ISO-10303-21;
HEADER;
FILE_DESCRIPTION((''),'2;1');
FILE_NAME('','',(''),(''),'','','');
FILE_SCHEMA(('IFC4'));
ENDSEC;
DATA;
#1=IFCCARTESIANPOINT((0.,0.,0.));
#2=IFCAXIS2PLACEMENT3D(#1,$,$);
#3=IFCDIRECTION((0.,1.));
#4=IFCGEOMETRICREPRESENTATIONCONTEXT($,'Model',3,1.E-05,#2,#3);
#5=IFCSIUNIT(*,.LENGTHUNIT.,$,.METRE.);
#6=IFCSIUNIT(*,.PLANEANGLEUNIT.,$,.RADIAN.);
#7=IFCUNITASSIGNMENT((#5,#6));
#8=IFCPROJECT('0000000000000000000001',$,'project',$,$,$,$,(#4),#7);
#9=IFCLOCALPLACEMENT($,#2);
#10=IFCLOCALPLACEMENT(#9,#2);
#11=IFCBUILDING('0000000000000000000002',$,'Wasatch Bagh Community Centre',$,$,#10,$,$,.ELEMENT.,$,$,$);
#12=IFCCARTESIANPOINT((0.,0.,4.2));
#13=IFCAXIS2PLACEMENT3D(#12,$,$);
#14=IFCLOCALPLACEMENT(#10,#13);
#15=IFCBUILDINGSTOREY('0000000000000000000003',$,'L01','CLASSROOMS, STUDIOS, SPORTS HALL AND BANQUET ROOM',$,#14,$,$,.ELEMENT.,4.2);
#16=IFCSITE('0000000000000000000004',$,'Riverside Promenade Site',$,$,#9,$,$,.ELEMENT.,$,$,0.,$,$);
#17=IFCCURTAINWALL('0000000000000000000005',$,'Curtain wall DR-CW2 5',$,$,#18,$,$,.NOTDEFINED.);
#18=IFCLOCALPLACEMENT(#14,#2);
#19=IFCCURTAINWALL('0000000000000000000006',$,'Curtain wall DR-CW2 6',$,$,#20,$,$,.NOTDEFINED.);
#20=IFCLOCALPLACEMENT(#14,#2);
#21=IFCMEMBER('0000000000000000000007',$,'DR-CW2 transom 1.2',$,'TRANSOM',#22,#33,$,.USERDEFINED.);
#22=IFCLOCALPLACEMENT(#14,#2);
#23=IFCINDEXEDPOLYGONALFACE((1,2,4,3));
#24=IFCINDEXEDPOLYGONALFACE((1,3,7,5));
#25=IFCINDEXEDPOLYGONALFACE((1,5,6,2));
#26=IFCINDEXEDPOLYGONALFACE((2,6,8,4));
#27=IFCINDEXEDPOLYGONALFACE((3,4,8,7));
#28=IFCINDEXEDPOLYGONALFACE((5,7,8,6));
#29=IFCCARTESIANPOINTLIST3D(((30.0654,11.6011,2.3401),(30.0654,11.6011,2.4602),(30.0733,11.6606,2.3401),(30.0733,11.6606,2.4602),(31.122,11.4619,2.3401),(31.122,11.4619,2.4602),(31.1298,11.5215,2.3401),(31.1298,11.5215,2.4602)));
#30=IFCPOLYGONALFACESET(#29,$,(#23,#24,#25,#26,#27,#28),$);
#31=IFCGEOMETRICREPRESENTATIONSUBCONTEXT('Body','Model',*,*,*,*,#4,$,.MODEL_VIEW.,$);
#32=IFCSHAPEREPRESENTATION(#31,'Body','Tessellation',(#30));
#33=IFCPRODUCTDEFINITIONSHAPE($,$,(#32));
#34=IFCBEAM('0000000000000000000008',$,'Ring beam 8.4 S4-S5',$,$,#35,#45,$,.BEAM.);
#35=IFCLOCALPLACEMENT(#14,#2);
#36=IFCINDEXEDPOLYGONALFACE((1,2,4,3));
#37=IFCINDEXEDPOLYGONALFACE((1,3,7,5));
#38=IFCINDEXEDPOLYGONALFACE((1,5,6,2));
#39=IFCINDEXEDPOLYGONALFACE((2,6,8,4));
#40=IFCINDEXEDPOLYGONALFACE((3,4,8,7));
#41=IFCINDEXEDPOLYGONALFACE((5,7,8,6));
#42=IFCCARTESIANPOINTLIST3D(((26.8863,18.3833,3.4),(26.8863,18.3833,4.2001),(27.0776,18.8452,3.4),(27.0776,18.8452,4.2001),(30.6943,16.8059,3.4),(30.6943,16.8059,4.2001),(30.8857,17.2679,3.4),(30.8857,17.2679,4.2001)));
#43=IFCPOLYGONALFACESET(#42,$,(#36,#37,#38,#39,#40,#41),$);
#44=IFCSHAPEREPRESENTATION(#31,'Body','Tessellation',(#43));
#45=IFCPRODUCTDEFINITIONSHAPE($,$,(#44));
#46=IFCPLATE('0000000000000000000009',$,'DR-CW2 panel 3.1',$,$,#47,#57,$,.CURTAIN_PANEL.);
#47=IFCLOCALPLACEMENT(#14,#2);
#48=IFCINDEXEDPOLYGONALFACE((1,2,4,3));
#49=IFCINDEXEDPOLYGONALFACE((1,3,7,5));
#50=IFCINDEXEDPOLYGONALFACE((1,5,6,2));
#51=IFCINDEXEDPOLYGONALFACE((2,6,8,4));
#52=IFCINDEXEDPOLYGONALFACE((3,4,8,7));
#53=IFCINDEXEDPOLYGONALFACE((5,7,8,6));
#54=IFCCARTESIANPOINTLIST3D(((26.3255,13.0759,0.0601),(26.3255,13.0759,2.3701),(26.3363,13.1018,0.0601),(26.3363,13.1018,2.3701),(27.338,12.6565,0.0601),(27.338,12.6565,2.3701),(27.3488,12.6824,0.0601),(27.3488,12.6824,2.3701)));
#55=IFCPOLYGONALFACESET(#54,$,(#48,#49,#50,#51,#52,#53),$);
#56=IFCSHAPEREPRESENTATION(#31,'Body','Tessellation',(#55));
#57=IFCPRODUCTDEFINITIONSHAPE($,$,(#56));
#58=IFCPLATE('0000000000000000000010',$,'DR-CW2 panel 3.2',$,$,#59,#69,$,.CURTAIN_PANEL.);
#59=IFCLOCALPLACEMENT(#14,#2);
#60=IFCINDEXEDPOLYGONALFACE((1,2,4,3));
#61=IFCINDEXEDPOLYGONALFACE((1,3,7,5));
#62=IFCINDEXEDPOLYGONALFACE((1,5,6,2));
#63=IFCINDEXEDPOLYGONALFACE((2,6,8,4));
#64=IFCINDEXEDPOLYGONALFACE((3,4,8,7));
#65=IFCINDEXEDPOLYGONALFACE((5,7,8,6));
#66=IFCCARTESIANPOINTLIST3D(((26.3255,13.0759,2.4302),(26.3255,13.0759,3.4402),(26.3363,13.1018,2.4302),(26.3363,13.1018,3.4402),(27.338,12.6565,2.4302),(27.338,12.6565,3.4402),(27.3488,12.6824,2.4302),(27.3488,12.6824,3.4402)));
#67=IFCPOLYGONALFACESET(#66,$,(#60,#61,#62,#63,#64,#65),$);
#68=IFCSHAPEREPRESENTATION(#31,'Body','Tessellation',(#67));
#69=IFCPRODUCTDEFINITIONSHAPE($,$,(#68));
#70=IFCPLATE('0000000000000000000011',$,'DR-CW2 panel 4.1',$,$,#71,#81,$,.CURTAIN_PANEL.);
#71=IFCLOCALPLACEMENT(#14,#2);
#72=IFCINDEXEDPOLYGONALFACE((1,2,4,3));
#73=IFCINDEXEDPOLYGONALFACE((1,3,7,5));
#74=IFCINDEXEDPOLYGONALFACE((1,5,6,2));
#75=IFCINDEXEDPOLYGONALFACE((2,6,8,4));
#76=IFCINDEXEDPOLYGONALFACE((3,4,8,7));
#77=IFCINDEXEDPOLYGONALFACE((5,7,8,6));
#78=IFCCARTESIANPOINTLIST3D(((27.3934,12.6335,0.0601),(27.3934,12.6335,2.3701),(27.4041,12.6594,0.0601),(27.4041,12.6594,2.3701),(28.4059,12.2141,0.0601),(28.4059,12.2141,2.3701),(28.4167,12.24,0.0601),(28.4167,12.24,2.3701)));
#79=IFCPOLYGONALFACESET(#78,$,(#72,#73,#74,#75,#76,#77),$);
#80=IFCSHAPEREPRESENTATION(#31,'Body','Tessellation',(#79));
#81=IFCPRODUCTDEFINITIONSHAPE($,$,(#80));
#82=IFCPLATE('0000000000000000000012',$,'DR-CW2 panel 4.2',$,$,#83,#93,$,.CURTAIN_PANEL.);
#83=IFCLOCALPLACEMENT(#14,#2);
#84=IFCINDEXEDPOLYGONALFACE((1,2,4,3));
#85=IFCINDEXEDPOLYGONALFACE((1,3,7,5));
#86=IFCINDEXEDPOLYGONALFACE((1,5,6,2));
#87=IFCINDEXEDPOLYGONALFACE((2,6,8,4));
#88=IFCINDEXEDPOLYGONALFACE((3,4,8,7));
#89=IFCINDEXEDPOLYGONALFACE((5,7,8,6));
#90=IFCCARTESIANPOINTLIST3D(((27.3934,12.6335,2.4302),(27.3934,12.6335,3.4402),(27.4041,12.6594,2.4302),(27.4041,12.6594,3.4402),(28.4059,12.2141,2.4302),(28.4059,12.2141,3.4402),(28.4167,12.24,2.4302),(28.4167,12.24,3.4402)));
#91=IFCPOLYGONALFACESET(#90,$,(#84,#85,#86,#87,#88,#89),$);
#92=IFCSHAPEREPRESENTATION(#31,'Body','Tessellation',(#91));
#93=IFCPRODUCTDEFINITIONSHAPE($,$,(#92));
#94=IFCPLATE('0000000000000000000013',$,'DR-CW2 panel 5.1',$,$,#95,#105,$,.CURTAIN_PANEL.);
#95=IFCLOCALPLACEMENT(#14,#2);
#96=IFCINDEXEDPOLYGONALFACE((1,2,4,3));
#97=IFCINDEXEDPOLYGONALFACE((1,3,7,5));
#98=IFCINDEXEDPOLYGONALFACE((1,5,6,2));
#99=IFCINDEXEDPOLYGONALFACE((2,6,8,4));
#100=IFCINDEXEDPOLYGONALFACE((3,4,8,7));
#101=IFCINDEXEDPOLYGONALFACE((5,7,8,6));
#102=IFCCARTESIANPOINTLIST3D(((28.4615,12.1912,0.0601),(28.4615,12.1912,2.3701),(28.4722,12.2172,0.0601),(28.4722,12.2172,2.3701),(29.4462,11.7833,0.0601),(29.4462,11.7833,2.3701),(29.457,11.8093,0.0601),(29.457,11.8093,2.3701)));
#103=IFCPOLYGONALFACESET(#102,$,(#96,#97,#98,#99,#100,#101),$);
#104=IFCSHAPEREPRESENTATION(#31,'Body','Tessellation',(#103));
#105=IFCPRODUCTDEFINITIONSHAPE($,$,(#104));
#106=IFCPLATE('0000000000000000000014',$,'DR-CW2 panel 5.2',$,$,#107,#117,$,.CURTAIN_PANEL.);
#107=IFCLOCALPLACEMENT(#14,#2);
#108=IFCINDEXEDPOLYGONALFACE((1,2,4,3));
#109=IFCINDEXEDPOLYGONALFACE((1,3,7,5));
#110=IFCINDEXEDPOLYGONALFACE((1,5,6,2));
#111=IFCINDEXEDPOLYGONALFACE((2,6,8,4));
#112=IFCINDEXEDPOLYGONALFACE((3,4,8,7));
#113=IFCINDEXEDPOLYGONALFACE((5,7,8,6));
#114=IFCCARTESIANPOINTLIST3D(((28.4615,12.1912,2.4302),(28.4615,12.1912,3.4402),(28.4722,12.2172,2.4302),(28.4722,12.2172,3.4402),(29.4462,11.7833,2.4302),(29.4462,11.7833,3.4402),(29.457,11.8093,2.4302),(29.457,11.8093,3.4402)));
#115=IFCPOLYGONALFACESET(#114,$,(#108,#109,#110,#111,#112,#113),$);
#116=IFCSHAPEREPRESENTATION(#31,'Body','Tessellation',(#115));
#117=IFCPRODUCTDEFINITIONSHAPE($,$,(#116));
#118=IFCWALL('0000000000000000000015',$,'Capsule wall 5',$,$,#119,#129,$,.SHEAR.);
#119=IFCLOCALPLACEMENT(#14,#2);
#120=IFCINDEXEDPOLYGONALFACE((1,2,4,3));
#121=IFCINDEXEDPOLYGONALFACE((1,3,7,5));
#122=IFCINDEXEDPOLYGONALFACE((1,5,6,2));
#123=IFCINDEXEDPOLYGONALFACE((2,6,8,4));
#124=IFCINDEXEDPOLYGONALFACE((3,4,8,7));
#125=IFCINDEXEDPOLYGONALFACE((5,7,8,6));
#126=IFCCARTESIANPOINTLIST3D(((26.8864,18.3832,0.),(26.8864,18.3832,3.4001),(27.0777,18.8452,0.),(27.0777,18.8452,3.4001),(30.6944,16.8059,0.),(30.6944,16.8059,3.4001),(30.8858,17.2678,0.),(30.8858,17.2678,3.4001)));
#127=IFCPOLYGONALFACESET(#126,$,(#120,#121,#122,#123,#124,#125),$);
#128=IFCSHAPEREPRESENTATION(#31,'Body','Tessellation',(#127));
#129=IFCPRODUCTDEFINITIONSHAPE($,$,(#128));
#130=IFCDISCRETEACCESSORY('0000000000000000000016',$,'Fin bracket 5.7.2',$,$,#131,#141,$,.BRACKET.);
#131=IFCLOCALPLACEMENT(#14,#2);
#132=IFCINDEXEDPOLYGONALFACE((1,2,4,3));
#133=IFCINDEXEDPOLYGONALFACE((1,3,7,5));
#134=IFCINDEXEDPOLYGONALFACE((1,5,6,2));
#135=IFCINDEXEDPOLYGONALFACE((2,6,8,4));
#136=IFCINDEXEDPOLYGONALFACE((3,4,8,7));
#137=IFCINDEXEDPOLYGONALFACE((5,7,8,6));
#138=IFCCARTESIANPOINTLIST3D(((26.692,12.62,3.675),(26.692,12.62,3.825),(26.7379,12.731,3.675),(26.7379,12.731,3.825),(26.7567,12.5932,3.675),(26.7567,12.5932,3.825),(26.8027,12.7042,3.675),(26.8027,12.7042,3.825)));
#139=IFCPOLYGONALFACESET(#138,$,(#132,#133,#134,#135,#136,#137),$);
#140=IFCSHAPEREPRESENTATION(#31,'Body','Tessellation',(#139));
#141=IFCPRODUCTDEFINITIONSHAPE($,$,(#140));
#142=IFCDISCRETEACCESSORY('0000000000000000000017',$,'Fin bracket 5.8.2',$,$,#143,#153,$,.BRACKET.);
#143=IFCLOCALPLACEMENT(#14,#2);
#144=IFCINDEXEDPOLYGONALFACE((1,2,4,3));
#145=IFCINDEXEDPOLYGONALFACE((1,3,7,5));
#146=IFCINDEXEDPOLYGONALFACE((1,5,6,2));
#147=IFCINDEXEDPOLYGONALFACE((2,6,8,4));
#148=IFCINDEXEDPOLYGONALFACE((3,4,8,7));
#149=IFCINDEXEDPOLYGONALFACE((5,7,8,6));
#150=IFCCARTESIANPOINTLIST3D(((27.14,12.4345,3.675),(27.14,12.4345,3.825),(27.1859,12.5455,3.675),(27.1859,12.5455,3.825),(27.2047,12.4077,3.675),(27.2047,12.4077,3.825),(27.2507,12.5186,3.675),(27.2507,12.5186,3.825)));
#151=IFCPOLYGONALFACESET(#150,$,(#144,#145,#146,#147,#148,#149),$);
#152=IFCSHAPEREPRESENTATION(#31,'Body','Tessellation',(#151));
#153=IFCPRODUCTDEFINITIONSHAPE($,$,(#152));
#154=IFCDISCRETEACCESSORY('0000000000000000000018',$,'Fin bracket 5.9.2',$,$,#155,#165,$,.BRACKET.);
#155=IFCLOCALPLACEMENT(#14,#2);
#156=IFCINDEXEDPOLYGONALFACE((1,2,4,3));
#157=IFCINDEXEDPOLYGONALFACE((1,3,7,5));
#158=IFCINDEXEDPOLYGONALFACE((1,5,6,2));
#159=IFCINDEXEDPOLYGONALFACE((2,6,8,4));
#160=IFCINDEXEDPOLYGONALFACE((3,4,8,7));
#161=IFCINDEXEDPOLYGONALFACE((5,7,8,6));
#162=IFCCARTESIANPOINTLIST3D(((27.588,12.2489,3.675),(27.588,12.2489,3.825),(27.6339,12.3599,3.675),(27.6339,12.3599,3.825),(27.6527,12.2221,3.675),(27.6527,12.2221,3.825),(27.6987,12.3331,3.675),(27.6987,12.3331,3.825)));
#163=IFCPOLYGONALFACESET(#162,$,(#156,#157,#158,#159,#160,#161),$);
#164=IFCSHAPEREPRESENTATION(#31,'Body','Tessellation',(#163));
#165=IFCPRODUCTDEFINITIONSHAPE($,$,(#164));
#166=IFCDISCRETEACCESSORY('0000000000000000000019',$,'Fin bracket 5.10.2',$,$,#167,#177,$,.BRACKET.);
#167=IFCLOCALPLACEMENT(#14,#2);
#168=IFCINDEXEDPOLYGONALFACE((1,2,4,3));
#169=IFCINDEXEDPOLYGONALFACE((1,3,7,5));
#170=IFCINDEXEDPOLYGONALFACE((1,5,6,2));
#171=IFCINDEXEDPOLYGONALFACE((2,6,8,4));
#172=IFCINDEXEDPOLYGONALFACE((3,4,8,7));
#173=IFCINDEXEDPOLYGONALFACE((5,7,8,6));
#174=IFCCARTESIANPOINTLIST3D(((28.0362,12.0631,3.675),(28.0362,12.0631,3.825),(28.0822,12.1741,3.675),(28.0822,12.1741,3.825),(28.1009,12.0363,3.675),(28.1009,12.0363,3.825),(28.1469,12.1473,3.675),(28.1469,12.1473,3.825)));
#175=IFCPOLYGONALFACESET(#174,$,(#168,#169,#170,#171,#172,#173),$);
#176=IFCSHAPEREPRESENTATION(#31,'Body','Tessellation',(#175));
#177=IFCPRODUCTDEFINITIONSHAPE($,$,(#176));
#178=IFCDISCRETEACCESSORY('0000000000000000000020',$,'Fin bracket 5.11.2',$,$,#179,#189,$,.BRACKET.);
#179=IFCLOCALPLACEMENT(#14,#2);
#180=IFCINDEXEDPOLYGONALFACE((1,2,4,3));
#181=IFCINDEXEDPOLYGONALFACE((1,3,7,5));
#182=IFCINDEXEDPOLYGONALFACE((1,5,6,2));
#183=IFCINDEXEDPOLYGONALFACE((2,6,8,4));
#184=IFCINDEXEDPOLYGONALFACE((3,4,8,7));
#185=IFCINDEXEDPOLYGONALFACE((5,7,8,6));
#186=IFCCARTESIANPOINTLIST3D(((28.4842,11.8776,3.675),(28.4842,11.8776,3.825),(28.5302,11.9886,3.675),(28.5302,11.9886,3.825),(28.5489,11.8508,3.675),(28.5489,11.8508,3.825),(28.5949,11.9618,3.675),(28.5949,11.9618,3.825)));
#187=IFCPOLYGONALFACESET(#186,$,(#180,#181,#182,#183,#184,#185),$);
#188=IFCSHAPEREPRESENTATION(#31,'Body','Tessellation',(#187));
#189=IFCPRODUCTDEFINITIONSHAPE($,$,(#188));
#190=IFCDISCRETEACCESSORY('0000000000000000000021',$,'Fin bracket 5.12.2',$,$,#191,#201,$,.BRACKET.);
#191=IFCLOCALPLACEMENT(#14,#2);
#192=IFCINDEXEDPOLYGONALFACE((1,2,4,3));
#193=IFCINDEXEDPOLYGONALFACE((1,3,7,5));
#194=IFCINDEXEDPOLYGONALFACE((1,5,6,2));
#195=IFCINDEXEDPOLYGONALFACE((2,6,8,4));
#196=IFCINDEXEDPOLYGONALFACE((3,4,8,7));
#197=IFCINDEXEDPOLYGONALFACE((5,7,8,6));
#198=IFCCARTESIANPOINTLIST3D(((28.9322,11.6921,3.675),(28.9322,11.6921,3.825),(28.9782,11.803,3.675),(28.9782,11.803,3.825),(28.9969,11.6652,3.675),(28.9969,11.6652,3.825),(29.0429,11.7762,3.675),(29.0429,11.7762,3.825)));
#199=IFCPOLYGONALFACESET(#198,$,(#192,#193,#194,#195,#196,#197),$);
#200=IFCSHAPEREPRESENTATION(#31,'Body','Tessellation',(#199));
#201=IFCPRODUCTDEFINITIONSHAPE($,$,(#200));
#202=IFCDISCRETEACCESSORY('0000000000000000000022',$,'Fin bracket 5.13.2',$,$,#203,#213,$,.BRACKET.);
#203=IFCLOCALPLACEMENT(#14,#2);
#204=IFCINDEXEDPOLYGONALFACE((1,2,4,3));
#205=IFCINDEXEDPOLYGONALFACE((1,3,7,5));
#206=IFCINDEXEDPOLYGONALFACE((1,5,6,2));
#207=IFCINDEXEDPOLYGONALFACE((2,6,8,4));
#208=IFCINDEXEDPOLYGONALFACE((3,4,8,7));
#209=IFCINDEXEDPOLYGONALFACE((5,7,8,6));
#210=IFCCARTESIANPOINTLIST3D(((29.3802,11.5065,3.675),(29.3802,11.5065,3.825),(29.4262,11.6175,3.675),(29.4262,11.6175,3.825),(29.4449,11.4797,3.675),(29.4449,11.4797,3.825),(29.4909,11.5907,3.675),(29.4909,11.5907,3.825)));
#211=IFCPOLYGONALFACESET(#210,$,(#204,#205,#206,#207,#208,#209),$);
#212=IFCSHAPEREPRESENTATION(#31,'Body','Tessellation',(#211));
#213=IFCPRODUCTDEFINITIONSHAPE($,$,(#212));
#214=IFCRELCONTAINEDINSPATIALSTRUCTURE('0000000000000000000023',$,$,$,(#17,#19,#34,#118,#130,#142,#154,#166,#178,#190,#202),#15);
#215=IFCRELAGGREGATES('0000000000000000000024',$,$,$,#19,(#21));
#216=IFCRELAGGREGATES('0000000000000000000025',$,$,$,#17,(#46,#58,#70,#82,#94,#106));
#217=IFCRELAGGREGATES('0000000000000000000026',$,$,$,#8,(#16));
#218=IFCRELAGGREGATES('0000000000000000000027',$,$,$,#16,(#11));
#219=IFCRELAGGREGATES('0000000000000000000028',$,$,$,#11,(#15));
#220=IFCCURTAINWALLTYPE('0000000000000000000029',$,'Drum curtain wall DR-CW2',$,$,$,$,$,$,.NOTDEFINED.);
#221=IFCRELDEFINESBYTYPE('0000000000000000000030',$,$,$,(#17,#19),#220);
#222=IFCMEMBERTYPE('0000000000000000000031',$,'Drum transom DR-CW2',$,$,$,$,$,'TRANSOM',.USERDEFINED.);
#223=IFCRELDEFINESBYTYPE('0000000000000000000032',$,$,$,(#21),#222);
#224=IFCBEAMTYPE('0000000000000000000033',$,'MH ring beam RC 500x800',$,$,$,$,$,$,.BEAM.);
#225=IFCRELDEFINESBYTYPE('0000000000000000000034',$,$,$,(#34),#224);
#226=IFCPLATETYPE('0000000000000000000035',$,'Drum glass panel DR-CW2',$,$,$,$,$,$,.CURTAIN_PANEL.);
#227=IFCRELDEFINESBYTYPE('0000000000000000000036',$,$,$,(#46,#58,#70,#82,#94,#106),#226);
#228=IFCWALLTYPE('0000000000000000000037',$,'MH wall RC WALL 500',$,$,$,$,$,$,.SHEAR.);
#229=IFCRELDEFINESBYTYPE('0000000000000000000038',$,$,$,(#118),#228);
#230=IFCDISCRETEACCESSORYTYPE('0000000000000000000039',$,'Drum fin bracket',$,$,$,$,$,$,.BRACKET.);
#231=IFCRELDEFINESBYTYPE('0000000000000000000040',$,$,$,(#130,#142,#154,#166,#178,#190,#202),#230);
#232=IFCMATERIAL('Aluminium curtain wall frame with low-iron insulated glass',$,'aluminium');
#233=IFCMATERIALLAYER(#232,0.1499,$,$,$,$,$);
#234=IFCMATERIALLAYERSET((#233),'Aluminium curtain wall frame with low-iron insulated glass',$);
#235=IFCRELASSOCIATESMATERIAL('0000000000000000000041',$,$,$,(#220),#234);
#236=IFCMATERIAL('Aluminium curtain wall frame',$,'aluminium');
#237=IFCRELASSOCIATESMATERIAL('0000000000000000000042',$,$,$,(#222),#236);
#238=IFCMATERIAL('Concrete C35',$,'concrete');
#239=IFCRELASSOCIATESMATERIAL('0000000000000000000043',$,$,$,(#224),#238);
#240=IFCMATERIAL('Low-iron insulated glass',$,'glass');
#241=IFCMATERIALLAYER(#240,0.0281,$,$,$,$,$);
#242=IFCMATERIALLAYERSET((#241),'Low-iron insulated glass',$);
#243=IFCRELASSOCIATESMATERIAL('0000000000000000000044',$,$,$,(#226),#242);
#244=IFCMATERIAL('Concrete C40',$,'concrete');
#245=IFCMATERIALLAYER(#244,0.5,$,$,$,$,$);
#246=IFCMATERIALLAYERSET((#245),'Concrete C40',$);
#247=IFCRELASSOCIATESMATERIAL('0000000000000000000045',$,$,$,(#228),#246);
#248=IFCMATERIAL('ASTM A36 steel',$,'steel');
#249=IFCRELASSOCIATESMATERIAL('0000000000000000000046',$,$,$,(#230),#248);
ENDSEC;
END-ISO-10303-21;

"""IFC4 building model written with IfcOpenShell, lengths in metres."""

from ifc_helpers import new_model, si_unit, direction, frame, frame_2d, origin, origin_2d, place, context, subcontext, project, spatial, rectangle, extrude, material, layer, layer_set, material_profile, profile_set, type_object, element, aggregate, save


model = new_model("IFC4")

# Units and contexts
model_context = context("Model", 3, precision=1e-05, world=origin(), true_north=direction((0.0, 1.0)))
body_context = subcontext(model_context, "Body", "Model", "MODEL_VIEW")
ifc_project = project(units=[si_unit("LENGTHUNIT", "METRE"), si_unit("PLANEANGLEUNIT", "RADIAN")], contexts=[model_context])

# Site, building, storey
site_placement = place(None, origin())
site = spatial("IfcSite", under=ifc_project, at=site_placement, Name="Riverside Promenade Site", CompositionType="ELEMENT", RefElevation=0.0)
building_placement = place(site_placement, origin())
building = spatial("IfcBuilding", under=site, at=building_placement, Name="Wasatch Bagh Community Centre", CompositionType="ELEMENT")
storey_placement = place(building_placement, frame((0.0, 0.0, 4.2)))
storey = spatial("IfcBuildingStorey", under=building, at=storey_placement, Name="L01", Description="CLASSROOMS, STUDIOS, SPORTS HALL AND BANQUET ROOM", CompositionType="ELEMENT", Elevation=4.2)

# Shared definitions
ifc_material_1 = material(Name="Concrete C40", Category="concrete")

# Curtain wall
ifc_material_2 = material(Name="Aluminium curtain wall frame with low-iron insulated glass", Category="aluminium")
ifc_layer_1 = layer(ifc_material_2, 0.1499)
ifc_layer_set_1 = layer_set([ifc_layer_1], Name="Aluminium curtain wall frame with low-iron insulated glass")
curtain_wall_type = type_object("IfcCurtainWallType", Name="Drum curtain wall DR-CW2", PredefinedType="NOTDEFINED", material=ifc_layer_set_1)
curtain_wall_1_placement = place(storey_placement, origin())
curtain_wall_1 = element("IfcCurtainWall", 1, at=curtain_wall_1_placement, inside=storey, type_object=curtain_wall_type, Name="Curtain wall DR-CW2 5", PredefinedType="NOTDEFINED")
ifc_material_3 = material(Name="Aluminium curtain wall frame", Category="aluminium")

# Curtain wall
curtain_wall_2_placement = place(storey_placement, origin())
curtain_wall_2 = element("IfcCurtainWall", 2, at=curtain_wall_2_placement, inside=storey, type_object=curtain_wall_type, Name="Curtain wall DR-CW2 6", PredefinedType="NOTDEFINED")

# Shared definitions
ifc_material_4 = material(Name="Concrete C35", Category="concrete")

# Member
ifc_material_profile_1 = material_profile(ifc_material_3, rectangle(XDim=0.0601, YDim=0.1201, at=origin_2d()), Name="Drum transom DR-CW2")
ifc_profile_set_1 = profile_set([ifc_material_profile_1], Name="Aluminium curtain wall frame")
member_type_1 = type_object("IfcMemberType", Name="Drum transom DR-CW2", ElementType="TRANSOM", PredefinedType="USERDEFINED", material=ifc_profile_set_1)
member_1_placement = place(storey_placement, frame((30.0693, 11.6309, 2.4001), z_axis=(0.991439, -0.130573, 0.0), x_axis=(0.130573, 0.991439, 0.0)))
member_1 = element("IfcMember", 3, at=member_1_placement, type_object=member_type_1, Name="DR-CW2 transom 1.2", ObjectType="TRANSOM", PredefinedType="USERDEFINED", context=body_context, shape_type="SweptSolid", body=[
    extrude(rectangle(XDim=0.0601, YDim=0.1201, at=origin_2d()), origin(), (0.0, 0.0, 1.0), 1.0657),
])
aggregate(curtain_wall_2, [member_1])

# Beam
ifc_material_profile_2 = material_profile(ifc_material_4, rectangle(XDim=0.5, YDim=0.8, at=origin_2d()), Name="RC 500x800")
ifc_profile_set_2 = profile_set([ifc_material_profile_2], Name="Concrete C35")
beam_type_1 = type_object("IfcBeamType", Name="MH ring beam RC 500x800", PredefinedType="BEAM", material=ifc_profile_set_2)
beam_1_placement = place(storey_placement, frame((26.9819, 18.6143, 3.8), z_axis=(0.923878, -0.382688, 0.0), x_axis=(0.382688, 0.923878, 0.0)))
element("IfcBeam", 4, at=beam_1_placement, inside=storey, type_object=beam_type_1, Name="Ring beam 8.4 S4-S5", PredefinedType="BEAM", context=body_context, shape_type="SweptSolid", body=[
    extrude(rectangle(XDim=0.5, YDim=0.8, at=origin_2d()), origin(), (0.0, 0.0, 1.0), 4.1218),
])

# Plates
ifc_material_5 = material(Name="Low-iron insulated glass", Category="glass")
ifc_layer_2 = layer(ifc_material_5, 0.0281)
ifc_layer_set_2 = layer_set([ifc_layer_2], Name="Low-iron insulated glass")
plate_type = type_object("IfcPlateType", Name="Drum glass panel DR-CW2", PredefinedType="CURTAIN_PANEL", material=ifc_layer_set_2)
plate_1_placement = place(storey_placement, frame((26.8372, 12.8792, 0.0601), z_axis=(0.0, 0.0, 1.0), x_axis=(0.92388, -0.382683, 0.0)))
plate_1 = element("IfcPlate", 5, at=plate_1_placement, type_object=plate_type, Name="DR-CW2 panel 3.1", PredefinedType="CURTAIN_PANEL", context=body_context, shape_type="SweptSolid", body=[
    extrude(rectangle(XDim=1.0959, YDim=0.0281, at=origin_2d()), origin(), (0.0, 0.0, 1.0), 2.3101),
])
plate_2_placement = place(storey_placement, frame((26.8372, 12.8792, 2.4302), z_axis=(0.0, 0.0, 1.0), x_axis=(0.92388, -0.382683, 0.0)))
plate_2 = element("IfcPlate", 6, at=plate_2_placement, type_object=plate_type, Name="DR-CW2 panel 3.2", PredefinedType="CURTAIN_PANEL", context=body_context, shape_type="SweptSolid", body=[
    extrude(rectangle(XDim=1.0959, YDim=0.0281, at=origin_2d()), origin(), (0.0, 0.0, 1.0), 1.01),
])
plate_3_placement = place(storey_placement, frame((27.905, 12.4368, 0.0601), z_axis=(0.0, 0.0, 1.0), x_axis=(0.92388, -0.382683, 0.0)))
plate_3 = element("IfcPlate", 7, at=plate_3_placement, type_object=plate_type, Name="DR-CW2 panel 4.1", PredefinedType="CURTAIN_PANEL", context=body_context, shape_type="SweptSolid", body=[
    extrude(rectangle(XDim=1.0959, YDim=0.0281, at=origin_2d()), origin(), (0.0, 0.0, 1.0), 2.3101),
])
plate_4_placement = place(storey_placement, frame((27.905, 12.4368, 2.4302), z_axis=(0.0, 0.0, 1.0), x_axis=(0.92388, -0.382683, 0.0)))
plate_4 = element("IfcPlate", 8, at=plate_4_placement, type_object=plate_type, Name="DR-CW2 panel 4.2", PredefinedType="CURTAIN_PANEL", context=body_context, shape_type="SweptSolid", body=[
    extrude(rectangle(XDim=1.0959, YDim=0.0281, at=origin_2d()), origin(), (0.0, 0.0, 1.0), 1.01),
])
plate_5_placement = place(storey_placement, frame((28.9592, 12.0002, 0.0601), z_axis=(0.0, 0.0, 1.0), x_axis=(0.92388, -0.382683, 0.0)))
plate_5 = element("IfcPlate", 9, at=plate_5_placement, type_object=plate_type, Name="DR-CW2 panel 5.1", PredefinedType="CURTAIN_PANEL", context=body_context, shape_type="SweptSolid", body=[
    extrude(rectangle(XDim=1.0659, YDim=0.0281, at=origin_2d()), origin(), (0.0, 0.0, 1.0), 2.3101),
])
plate_6_placement = place(storey_placement, frame((28.9592, 12.0002, 2.4302), z_axis=(0.0, 0.0, 1.0), x_axis=(0.92388, -0.382683, 0.0)))
plate_6 = element("IfcPlate", 10, at=plate_6_placement, type_object=plate_type, Name="DR-CW2 panel 5.2", PredefinedType="CURTAIN_PANEL", context=body_context, shape_type="SweptSolid", body=[
    extrude(rectangle(XDim=1.0659, YDim=0.0281, at=origin_2d()), origin(), (0.0, 0.0, 1.0), 1.01),
])
aggregate(curtain_wall_1, [plate_1, plate_2, plate_3, plate_4, plate_5, plate_6])

# Wall
ifc_layer_3 = layer(ifc_material_1, 0.5)
ifc_layer_set_3 = layer_set([ifc_layer_3], Name="Concrete C40")
wall_type = type_object("IfcWallType", Name="MH wall RC WALL 500", PredefinedType="SHEAR", material=ifc_layer_set_3)
wall_placement = place(storey_placement, frame((26.9819, 18.6143, 0.0), z_axis=(0.0, 0.0, 1.0), x_axis=(0.923878, -0.382688, 0.0)))
element("IfcWall", 11, at=wall_placement, inside=storey, type_object=wall_type, Name="Capsule wall 5", PredefinedType="SHEAR", context=body_context, shape_type="SweptSolid", body=[
    extrude(rectangle(XDim=4.1218, YDim=0.5, at=frame_2d((2.061, 0.0))), origin(), (0.0, 0.0, 1.0), 3.4001),
])

# Discrete accessories
ifc_material_6 = material(Name="ASTM A36 steel", Category="steel")
discrete_accessory_type = type_object("IfcDiscreteAccessoryType", Name="Drum fin bracket", PredefinedType="BRACKET", material=ifc_material_6)
for number, where, z_axis, x_axis, name in (
    (12, (26.7473, 12.6621, 3.675), (0.0, 0.0, 1.0), (0.92388, -0.382683, 0.0), "Fin bracket 5.7.2"),
    (13, (27.1953, 12.4766, 3.675), (0.0, 0.0, 1.0), (0.92388, -0.382683, 0.0), "Fin bracket 5.8.2"),
    (14, (27.6433, 12.291, 3.675), (0.0, 0.0, 1.0), (0.92388, -0.382683, 0.0), "Fin bracket 5.9.2"),
    (15, (28.0916, 12.1052, 3.675), (0.0, 0.0, 1.0), (0.92388, -0.382683, 0.0), "Fin bracket 5.10.2"),
    (16, (28.5396, 11.9197, 3.675), (0.0, 0.0, 1.0), (0.92388, -0.382683, 0.0), "Fin bracket 5.11.2"),
    (17, (28.9875, 11.7341, 3.675), (0.0, 0.0, 1.0), (0.92388, -0.382683, 0.0), "Fin bracket 5.12.2"),
    (18, (29.4355, 11.5486, 3.675), (0.0, 0.0, 1.0), (0.92388, -0.382683, 0.0), "Fin bracket 5.13.2"),
):
    element("IfcDiscreteAccessory", number, at=place(storey_placement, frame(where, z_axis=z_axis, x_axis=x_axis)), inside=storey, type_object=discrete_accessory_type, Name=name, PredefinedType="BRACKET", context=body_context, shape_type="SweptSolid", body=[
        extrude(rectangle(XDim=0.0701, YDim=0.1201, at=origin_2d()), origin(), (0.0, 0.0, 1.0), 0.1499),
    ])

save(model, "model.ifc")
